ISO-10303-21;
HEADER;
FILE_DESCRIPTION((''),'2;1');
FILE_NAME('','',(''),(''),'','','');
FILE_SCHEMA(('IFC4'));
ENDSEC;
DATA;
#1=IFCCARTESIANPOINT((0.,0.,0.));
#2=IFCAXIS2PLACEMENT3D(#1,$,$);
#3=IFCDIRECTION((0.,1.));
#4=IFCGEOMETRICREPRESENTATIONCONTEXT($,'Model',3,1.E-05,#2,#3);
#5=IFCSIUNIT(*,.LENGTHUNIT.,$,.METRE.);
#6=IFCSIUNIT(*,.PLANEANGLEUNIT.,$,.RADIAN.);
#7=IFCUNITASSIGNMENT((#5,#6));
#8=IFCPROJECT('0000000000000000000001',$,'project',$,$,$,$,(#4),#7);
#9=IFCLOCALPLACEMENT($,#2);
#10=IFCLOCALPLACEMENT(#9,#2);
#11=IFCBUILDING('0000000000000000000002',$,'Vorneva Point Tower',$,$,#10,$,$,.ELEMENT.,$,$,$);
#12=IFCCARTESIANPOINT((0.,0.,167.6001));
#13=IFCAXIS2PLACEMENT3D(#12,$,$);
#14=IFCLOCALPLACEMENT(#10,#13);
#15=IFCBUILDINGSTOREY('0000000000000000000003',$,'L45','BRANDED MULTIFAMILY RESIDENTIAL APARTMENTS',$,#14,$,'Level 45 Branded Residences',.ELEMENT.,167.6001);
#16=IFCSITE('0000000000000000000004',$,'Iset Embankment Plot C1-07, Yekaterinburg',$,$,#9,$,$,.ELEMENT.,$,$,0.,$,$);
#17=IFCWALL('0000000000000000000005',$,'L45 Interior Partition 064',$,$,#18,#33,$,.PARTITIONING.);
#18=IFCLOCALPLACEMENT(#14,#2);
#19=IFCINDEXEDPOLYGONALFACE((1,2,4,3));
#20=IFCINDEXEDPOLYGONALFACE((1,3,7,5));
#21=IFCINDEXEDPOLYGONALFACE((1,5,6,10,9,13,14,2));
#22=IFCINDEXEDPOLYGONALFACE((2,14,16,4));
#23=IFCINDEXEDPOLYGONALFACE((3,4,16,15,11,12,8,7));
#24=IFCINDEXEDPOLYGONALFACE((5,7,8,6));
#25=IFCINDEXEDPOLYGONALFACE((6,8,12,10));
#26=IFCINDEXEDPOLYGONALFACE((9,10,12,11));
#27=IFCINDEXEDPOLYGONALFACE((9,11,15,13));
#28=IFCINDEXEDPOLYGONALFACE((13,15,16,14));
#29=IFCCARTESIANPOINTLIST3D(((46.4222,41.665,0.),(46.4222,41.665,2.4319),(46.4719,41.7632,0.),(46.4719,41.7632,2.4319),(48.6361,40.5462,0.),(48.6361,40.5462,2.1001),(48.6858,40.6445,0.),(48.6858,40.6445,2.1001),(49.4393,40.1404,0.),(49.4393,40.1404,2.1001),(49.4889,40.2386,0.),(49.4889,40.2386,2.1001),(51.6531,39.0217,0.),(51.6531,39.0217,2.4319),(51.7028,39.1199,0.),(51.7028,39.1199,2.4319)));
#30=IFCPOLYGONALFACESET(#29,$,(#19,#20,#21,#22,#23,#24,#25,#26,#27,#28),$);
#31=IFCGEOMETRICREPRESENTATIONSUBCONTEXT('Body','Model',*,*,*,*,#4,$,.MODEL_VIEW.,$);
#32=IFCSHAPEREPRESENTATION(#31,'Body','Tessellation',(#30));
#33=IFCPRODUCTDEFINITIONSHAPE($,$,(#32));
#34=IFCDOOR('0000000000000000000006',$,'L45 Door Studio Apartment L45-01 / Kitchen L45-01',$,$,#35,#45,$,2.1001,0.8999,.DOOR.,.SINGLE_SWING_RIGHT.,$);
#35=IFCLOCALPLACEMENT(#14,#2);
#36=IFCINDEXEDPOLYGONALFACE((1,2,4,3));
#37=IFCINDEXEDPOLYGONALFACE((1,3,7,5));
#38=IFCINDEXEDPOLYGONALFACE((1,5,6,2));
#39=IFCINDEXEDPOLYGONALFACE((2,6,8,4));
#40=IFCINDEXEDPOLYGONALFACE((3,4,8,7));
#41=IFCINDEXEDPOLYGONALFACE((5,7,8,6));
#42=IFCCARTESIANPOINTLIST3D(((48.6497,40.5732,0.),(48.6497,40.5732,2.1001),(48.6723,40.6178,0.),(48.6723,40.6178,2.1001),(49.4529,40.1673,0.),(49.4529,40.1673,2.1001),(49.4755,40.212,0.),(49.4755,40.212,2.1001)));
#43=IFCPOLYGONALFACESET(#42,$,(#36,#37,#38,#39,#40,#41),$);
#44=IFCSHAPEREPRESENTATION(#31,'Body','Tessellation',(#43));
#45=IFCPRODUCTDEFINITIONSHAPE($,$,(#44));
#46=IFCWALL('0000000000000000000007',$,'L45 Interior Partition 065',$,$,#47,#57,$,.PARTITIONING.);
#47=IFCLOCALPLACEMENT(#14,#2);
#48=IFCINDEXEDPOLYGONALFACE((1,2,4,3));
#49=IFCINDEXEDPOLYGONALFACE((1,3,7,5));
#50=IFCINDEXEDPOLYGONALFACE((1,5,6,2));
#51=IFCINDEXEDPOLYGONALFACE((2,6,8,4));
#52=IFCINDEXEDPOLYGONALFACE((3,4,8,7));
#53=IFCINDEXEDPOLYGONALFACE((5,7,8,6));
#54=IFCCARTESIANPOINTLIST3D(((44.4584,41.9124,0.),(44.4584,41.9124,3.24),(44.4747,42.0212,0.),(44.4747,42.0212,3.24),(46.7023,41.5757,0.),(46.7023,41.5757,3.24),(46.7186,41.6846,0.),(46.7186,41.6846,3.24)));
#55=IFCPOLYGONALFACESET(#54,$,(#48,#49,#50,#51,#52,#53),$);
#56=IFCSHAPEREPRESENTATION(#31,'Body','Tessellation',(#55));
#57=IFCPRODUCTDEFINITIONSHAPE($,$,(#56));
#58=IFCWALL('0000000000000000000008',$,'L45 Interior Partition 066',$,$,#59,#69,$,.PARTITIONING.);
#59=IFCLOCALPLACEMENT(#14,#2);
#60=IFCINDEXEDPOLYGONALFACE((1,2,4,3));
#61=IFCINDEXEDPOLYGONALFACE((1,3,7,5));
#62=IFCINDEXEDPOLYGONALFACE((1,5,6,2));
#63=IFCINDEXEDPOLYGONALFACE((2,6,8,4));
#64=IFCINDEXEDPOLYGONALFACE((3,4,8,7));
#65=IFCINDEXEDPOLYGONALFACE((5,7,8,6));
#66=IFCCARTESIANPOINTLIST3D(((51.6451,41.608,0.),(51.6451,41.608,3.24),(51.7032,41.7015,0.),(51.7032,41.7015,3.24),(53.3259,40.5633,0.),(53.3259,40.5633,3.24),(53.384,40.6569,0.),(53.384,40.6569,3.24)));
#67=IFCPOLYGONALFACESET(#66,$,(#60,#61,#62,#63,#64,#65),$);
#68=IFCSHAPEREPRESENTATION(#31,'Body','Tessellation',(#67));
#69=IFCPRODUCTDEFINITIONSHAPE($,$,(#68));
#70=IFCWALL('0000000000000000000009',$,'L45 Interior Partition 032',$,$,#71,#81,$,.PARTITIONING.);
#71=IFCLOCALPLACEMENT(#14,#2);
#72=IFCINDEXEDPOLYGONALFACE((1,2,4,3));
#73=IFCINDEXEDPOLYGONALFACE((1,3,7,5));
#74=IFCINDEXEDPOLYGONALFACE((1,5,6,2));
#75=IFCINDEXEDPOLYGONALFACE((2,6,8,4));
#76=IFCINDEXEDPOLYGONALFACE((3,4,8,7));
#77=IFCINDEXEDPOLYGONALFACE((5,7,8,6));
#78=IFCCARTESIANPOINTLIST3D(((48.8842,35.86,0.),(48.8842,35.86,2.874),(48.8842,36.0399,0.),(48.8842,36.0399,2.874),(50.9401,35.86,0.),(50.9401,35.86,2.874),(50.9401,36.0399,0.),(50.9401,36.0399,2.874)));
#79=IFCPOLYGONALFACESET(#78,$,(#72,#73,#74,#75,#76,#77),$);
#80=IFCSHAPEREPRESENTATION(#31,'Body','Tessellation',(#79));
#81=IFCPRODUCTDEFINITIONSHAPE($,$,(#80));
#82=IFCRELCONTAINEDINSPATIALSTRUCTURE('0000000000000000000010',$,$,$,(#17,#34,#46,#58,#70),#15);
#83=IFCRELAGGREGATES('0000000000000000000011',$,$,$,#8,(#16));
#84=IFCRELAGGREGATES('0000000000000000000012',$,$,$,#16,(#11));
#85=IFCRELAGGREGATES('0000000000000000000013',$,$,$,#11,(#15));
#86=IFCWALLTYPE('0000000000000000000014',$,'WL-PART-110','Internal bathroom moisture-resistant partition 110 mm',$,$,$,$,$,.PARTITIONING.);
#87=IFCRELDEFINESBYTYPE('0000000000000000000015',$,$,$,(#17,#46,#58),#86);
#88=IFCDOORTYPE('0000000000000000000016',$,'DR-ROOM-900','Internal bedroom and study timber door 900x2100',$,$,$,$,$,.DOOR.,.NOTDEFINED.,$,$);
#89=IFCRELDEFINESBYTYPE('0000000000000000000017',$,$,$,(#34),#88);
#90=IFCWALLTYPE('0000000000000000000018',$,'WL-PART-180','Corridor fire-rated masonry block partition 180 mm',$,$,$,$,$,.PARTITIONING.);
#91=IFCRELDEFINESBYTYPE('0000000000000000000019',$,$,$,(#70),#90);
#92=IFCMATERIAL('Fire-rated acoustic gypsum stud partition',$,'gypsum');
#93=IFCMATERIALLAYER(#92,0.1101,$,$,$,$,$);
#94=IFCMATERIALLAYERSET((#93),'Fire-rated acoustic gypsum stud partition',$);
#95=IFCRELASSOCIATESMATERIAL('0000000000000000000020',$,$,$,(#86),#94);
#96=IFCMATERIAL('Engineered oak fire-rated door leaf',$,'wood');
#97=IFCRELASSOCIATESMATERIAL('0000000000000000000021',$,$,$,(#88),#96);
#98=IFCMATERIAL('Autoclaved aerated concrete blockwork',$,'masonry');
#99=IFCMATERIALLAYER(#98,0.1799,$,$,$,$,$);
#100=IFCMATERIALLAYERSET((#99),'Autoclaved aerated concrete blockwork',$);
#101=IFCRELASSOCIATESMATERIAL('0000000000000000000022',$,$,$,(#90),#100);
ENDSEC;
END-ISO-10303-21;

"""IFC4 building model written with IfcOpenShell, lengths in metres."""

from ifc_helpers import new_model, si_unit, direction, frame, frame_2d, origin, place, context, subcontext, project, spatial, rectangle, extrude, material, layer, layer_set, type_object, element, fill, save


model = new_model("IFC4")

# Units and contexts
model_context = context("Model", 3, precision=1e-05, world=origin(), true_north=direction((0.0, 1.0)))
body_context = subcontext(model_context, "Body", "Model", "MODEL_VIEW")
ifc_project = project(units=[si_unit("LENGTHUNIT", "METRE"), si_unit("PLANEANGLEUNIT", "RADIAN")], contexts=[model_context])

# Site, building, storey
site_placement = place(None, origin())
site = spatial("IfcSite", under=ifc_project, at=site_placement, Name="Iset Embankment Plot C1-07, Yekaterinburg", CompositionType="ELEMENT", RefElevation=0.0)
building_placement = place(site_placement, origin())
building = spatial("IfcBuilding", under=site, at=building_placement, Name="Vorneva Point Tower", CompositionType="ELEMENT")
storey_placement = place(building_placement, frame((0.0, 0.0, 167.6001)))
storey = spatial("IfcBuildingStorey", under=building, at=storey_placement, Name="L45", Description="BRANDED MULTIFAMILY RESIDENTIAL APARTMENTS", LongName="Level 45 Branded Residences", CompositionType="ELEMENT", Elevation=167.6001)

# Shared definitions
ifc_material_1 = material(Name="Fire-rated acoustic gypsum stud partition", Category="gypsum")
ifc_layer_1 = layer(ifc_material_1, 0.1101)
ifc_layer_set_1 = layer_set([ifc_layer_1], Name="Fire-rated acoustic gypsum stud partition")
wall_type_1 = type_object("IfcWallType", Name="WL-PART-110", Description="Internal bathroom moisture-resistant partition 110 mm", PredefinedType="PARTITIONING", material=ifc_layer_set_1)

# Shared definitions
ifc_material_2 = material(Name="Engineered oak fire-rated door leaf", Category="wood")

# Wall, opening, door
wall_1_placement = place(storey_placement, frame((51.678, 39.0708, 0.0), z_axis=(0.0, 0.0, 1.0), x_axis=(-0.89252, 0.451009, 0.0)))
wall_1 = element("IfcWall", 1, at=wall_1_placement, inside=storey, type_object=wall_type_1, Name="L45 Interior Partition 064", PredefinedType="PARTITIONING", context=body_context, shape_type="SweptSolid", body=[
    extrude(rectangle(XDim=5.8608, YDim=0.1101, at=frame_2d((2.9304, 0.0))), origin(), (0.0, 0.0, 1.0), 2.4319),
])
opening_1_placement = place(wall_1_placement, frame((2.4805, 0.0, 0.0)))
opening_1 = element("IfcOpeningElement", 2, at=opening_1_placement, cuts=wall_1, PredefinedType="OPENING", context=body_context, shape_type="SweptSolid", body=[
    extrude(rectangle(XDim=0.8999, YDim=2.1001, at=frame_2d((0.45, 1.05))), frame((0.0, 0.0698, 0.0), z_axis=(0.0, -1.0, 0.0), x_axis=(1.0, 0.0, 0.0)), (0.0, 0.0, 1.0), 0.1399),
])
door_type_1 = type_object("IfcDoorType", Name="DR-ROOM-900", Description="Internal bedroom and study timber door 900x2100", OperationType="NOTDEFINED", PredefinedType="DOOR", material=ifc_material_2)
door_1_placement = place(opening_1_placement, origin())
door_1 = element("IfcDoor", 3, at=door_1_placement, inside=storey, type_object=door_type_1, Name="L45 Door Studio Apartment L45-01 / Kitchen L45-01", OperationType="SINGLE_SWING_RIGHT", OverallHeight=2.1001, OverallWidth=0.8999, PredefinedType="DOOR", context=body_context, shape_type="SweptSolid", body=[
    extrude(rectangle(XDim=0.8999, YDim=2.1001, at=frame_2d((0.45, 1.05))), frame((0.0, 0.0249, 0.0), z_axis=(0.0, -1.0, 0.0), x_axis=(1.0, 0.0, 0.0)), (0.0, 0.0, 1.0), 0.05),
])
fill(opening_1, door_1)

# Walls
wall_2_placement = place(storey_placement, frame((46.7104, 41.6301, 0.0), z_axis=(0.0, 0.0, 1.0), x_axis=(-0.988931, 0.148377, 0.0)))
element("IfcWall", 4, at=wall_2_placement, inside=storey, type_object=wall_type_1, Name="L45 Interior Partition 065", PredefinedType="PARTITIONING", context=body_context, shape_type="SweptSolid", body=[
    extrude(rectangle(XDim=2.269, YDim=0.1101, at=frame_2d((1.1345, 0.0))), origin(), (0.0, 0.0, 1.0), 3.24),
])
wall_3_placement = place(storey_placement, frame((53.355, 40.6101, 0.0), z_axis=(0.0, 0.0, 1.0), x_axis=(-0.849333, 0.527857, 0.0)))
element("IfcWall", 5, at=wall_3_placement, inside=storey, type_object=wall_type_1, Name="L45 Interior Partition 066", PredefinedType="PARTITIONING", context=body_context, shape_type="SweptSolid", body=[
    extrude(rectangle(XDim=1.979, YDim=0.1101, at=frame_2d((0.9895, 0.0))), origin(), (0.0, 0.0, 1.0), 3.24),
])
ifc_material_3 = material(Name="Autoclaved aerated concrete blockwork", Category="masonry")
ifc_layer_2 = layer(ifc_material_3, 0.1799)
ifc_layer_set_2 = layer_set([ifc_layer_2], Name="Autoclaved aerated concrete blockwork")
wall_type_2 = type_object("IfcWallType", Name="WL-PART-180", Description="Corridor fire-rated masonry block partition 180 mm", PredefinedType="PARTITIONING", material=ifc_layer_set_2)
wall_4_placement = place(storey_placement, frame((50.9399, 35.95, 0.0), z_axis=(0.0, 0.0, 1.0), x_axis=(-1.0, 0.0, 0.0)))
element("IfcWall", 6, at=wall_4_placement, inside=storey, type_object=wall_type_2, Name="L45 Interior Partition 032", PredefinedType="PARTITIONING", context=body_context, shape_type="SweptSolid", body=[
    extrude(rectangle(XDim=2.0559, YDim=0.1799, at=frame_2d((1.0278, 0.0))), origin(), (0.0, 0.0, 1.0), 2.874),
])

save(model, "model.ifc")
